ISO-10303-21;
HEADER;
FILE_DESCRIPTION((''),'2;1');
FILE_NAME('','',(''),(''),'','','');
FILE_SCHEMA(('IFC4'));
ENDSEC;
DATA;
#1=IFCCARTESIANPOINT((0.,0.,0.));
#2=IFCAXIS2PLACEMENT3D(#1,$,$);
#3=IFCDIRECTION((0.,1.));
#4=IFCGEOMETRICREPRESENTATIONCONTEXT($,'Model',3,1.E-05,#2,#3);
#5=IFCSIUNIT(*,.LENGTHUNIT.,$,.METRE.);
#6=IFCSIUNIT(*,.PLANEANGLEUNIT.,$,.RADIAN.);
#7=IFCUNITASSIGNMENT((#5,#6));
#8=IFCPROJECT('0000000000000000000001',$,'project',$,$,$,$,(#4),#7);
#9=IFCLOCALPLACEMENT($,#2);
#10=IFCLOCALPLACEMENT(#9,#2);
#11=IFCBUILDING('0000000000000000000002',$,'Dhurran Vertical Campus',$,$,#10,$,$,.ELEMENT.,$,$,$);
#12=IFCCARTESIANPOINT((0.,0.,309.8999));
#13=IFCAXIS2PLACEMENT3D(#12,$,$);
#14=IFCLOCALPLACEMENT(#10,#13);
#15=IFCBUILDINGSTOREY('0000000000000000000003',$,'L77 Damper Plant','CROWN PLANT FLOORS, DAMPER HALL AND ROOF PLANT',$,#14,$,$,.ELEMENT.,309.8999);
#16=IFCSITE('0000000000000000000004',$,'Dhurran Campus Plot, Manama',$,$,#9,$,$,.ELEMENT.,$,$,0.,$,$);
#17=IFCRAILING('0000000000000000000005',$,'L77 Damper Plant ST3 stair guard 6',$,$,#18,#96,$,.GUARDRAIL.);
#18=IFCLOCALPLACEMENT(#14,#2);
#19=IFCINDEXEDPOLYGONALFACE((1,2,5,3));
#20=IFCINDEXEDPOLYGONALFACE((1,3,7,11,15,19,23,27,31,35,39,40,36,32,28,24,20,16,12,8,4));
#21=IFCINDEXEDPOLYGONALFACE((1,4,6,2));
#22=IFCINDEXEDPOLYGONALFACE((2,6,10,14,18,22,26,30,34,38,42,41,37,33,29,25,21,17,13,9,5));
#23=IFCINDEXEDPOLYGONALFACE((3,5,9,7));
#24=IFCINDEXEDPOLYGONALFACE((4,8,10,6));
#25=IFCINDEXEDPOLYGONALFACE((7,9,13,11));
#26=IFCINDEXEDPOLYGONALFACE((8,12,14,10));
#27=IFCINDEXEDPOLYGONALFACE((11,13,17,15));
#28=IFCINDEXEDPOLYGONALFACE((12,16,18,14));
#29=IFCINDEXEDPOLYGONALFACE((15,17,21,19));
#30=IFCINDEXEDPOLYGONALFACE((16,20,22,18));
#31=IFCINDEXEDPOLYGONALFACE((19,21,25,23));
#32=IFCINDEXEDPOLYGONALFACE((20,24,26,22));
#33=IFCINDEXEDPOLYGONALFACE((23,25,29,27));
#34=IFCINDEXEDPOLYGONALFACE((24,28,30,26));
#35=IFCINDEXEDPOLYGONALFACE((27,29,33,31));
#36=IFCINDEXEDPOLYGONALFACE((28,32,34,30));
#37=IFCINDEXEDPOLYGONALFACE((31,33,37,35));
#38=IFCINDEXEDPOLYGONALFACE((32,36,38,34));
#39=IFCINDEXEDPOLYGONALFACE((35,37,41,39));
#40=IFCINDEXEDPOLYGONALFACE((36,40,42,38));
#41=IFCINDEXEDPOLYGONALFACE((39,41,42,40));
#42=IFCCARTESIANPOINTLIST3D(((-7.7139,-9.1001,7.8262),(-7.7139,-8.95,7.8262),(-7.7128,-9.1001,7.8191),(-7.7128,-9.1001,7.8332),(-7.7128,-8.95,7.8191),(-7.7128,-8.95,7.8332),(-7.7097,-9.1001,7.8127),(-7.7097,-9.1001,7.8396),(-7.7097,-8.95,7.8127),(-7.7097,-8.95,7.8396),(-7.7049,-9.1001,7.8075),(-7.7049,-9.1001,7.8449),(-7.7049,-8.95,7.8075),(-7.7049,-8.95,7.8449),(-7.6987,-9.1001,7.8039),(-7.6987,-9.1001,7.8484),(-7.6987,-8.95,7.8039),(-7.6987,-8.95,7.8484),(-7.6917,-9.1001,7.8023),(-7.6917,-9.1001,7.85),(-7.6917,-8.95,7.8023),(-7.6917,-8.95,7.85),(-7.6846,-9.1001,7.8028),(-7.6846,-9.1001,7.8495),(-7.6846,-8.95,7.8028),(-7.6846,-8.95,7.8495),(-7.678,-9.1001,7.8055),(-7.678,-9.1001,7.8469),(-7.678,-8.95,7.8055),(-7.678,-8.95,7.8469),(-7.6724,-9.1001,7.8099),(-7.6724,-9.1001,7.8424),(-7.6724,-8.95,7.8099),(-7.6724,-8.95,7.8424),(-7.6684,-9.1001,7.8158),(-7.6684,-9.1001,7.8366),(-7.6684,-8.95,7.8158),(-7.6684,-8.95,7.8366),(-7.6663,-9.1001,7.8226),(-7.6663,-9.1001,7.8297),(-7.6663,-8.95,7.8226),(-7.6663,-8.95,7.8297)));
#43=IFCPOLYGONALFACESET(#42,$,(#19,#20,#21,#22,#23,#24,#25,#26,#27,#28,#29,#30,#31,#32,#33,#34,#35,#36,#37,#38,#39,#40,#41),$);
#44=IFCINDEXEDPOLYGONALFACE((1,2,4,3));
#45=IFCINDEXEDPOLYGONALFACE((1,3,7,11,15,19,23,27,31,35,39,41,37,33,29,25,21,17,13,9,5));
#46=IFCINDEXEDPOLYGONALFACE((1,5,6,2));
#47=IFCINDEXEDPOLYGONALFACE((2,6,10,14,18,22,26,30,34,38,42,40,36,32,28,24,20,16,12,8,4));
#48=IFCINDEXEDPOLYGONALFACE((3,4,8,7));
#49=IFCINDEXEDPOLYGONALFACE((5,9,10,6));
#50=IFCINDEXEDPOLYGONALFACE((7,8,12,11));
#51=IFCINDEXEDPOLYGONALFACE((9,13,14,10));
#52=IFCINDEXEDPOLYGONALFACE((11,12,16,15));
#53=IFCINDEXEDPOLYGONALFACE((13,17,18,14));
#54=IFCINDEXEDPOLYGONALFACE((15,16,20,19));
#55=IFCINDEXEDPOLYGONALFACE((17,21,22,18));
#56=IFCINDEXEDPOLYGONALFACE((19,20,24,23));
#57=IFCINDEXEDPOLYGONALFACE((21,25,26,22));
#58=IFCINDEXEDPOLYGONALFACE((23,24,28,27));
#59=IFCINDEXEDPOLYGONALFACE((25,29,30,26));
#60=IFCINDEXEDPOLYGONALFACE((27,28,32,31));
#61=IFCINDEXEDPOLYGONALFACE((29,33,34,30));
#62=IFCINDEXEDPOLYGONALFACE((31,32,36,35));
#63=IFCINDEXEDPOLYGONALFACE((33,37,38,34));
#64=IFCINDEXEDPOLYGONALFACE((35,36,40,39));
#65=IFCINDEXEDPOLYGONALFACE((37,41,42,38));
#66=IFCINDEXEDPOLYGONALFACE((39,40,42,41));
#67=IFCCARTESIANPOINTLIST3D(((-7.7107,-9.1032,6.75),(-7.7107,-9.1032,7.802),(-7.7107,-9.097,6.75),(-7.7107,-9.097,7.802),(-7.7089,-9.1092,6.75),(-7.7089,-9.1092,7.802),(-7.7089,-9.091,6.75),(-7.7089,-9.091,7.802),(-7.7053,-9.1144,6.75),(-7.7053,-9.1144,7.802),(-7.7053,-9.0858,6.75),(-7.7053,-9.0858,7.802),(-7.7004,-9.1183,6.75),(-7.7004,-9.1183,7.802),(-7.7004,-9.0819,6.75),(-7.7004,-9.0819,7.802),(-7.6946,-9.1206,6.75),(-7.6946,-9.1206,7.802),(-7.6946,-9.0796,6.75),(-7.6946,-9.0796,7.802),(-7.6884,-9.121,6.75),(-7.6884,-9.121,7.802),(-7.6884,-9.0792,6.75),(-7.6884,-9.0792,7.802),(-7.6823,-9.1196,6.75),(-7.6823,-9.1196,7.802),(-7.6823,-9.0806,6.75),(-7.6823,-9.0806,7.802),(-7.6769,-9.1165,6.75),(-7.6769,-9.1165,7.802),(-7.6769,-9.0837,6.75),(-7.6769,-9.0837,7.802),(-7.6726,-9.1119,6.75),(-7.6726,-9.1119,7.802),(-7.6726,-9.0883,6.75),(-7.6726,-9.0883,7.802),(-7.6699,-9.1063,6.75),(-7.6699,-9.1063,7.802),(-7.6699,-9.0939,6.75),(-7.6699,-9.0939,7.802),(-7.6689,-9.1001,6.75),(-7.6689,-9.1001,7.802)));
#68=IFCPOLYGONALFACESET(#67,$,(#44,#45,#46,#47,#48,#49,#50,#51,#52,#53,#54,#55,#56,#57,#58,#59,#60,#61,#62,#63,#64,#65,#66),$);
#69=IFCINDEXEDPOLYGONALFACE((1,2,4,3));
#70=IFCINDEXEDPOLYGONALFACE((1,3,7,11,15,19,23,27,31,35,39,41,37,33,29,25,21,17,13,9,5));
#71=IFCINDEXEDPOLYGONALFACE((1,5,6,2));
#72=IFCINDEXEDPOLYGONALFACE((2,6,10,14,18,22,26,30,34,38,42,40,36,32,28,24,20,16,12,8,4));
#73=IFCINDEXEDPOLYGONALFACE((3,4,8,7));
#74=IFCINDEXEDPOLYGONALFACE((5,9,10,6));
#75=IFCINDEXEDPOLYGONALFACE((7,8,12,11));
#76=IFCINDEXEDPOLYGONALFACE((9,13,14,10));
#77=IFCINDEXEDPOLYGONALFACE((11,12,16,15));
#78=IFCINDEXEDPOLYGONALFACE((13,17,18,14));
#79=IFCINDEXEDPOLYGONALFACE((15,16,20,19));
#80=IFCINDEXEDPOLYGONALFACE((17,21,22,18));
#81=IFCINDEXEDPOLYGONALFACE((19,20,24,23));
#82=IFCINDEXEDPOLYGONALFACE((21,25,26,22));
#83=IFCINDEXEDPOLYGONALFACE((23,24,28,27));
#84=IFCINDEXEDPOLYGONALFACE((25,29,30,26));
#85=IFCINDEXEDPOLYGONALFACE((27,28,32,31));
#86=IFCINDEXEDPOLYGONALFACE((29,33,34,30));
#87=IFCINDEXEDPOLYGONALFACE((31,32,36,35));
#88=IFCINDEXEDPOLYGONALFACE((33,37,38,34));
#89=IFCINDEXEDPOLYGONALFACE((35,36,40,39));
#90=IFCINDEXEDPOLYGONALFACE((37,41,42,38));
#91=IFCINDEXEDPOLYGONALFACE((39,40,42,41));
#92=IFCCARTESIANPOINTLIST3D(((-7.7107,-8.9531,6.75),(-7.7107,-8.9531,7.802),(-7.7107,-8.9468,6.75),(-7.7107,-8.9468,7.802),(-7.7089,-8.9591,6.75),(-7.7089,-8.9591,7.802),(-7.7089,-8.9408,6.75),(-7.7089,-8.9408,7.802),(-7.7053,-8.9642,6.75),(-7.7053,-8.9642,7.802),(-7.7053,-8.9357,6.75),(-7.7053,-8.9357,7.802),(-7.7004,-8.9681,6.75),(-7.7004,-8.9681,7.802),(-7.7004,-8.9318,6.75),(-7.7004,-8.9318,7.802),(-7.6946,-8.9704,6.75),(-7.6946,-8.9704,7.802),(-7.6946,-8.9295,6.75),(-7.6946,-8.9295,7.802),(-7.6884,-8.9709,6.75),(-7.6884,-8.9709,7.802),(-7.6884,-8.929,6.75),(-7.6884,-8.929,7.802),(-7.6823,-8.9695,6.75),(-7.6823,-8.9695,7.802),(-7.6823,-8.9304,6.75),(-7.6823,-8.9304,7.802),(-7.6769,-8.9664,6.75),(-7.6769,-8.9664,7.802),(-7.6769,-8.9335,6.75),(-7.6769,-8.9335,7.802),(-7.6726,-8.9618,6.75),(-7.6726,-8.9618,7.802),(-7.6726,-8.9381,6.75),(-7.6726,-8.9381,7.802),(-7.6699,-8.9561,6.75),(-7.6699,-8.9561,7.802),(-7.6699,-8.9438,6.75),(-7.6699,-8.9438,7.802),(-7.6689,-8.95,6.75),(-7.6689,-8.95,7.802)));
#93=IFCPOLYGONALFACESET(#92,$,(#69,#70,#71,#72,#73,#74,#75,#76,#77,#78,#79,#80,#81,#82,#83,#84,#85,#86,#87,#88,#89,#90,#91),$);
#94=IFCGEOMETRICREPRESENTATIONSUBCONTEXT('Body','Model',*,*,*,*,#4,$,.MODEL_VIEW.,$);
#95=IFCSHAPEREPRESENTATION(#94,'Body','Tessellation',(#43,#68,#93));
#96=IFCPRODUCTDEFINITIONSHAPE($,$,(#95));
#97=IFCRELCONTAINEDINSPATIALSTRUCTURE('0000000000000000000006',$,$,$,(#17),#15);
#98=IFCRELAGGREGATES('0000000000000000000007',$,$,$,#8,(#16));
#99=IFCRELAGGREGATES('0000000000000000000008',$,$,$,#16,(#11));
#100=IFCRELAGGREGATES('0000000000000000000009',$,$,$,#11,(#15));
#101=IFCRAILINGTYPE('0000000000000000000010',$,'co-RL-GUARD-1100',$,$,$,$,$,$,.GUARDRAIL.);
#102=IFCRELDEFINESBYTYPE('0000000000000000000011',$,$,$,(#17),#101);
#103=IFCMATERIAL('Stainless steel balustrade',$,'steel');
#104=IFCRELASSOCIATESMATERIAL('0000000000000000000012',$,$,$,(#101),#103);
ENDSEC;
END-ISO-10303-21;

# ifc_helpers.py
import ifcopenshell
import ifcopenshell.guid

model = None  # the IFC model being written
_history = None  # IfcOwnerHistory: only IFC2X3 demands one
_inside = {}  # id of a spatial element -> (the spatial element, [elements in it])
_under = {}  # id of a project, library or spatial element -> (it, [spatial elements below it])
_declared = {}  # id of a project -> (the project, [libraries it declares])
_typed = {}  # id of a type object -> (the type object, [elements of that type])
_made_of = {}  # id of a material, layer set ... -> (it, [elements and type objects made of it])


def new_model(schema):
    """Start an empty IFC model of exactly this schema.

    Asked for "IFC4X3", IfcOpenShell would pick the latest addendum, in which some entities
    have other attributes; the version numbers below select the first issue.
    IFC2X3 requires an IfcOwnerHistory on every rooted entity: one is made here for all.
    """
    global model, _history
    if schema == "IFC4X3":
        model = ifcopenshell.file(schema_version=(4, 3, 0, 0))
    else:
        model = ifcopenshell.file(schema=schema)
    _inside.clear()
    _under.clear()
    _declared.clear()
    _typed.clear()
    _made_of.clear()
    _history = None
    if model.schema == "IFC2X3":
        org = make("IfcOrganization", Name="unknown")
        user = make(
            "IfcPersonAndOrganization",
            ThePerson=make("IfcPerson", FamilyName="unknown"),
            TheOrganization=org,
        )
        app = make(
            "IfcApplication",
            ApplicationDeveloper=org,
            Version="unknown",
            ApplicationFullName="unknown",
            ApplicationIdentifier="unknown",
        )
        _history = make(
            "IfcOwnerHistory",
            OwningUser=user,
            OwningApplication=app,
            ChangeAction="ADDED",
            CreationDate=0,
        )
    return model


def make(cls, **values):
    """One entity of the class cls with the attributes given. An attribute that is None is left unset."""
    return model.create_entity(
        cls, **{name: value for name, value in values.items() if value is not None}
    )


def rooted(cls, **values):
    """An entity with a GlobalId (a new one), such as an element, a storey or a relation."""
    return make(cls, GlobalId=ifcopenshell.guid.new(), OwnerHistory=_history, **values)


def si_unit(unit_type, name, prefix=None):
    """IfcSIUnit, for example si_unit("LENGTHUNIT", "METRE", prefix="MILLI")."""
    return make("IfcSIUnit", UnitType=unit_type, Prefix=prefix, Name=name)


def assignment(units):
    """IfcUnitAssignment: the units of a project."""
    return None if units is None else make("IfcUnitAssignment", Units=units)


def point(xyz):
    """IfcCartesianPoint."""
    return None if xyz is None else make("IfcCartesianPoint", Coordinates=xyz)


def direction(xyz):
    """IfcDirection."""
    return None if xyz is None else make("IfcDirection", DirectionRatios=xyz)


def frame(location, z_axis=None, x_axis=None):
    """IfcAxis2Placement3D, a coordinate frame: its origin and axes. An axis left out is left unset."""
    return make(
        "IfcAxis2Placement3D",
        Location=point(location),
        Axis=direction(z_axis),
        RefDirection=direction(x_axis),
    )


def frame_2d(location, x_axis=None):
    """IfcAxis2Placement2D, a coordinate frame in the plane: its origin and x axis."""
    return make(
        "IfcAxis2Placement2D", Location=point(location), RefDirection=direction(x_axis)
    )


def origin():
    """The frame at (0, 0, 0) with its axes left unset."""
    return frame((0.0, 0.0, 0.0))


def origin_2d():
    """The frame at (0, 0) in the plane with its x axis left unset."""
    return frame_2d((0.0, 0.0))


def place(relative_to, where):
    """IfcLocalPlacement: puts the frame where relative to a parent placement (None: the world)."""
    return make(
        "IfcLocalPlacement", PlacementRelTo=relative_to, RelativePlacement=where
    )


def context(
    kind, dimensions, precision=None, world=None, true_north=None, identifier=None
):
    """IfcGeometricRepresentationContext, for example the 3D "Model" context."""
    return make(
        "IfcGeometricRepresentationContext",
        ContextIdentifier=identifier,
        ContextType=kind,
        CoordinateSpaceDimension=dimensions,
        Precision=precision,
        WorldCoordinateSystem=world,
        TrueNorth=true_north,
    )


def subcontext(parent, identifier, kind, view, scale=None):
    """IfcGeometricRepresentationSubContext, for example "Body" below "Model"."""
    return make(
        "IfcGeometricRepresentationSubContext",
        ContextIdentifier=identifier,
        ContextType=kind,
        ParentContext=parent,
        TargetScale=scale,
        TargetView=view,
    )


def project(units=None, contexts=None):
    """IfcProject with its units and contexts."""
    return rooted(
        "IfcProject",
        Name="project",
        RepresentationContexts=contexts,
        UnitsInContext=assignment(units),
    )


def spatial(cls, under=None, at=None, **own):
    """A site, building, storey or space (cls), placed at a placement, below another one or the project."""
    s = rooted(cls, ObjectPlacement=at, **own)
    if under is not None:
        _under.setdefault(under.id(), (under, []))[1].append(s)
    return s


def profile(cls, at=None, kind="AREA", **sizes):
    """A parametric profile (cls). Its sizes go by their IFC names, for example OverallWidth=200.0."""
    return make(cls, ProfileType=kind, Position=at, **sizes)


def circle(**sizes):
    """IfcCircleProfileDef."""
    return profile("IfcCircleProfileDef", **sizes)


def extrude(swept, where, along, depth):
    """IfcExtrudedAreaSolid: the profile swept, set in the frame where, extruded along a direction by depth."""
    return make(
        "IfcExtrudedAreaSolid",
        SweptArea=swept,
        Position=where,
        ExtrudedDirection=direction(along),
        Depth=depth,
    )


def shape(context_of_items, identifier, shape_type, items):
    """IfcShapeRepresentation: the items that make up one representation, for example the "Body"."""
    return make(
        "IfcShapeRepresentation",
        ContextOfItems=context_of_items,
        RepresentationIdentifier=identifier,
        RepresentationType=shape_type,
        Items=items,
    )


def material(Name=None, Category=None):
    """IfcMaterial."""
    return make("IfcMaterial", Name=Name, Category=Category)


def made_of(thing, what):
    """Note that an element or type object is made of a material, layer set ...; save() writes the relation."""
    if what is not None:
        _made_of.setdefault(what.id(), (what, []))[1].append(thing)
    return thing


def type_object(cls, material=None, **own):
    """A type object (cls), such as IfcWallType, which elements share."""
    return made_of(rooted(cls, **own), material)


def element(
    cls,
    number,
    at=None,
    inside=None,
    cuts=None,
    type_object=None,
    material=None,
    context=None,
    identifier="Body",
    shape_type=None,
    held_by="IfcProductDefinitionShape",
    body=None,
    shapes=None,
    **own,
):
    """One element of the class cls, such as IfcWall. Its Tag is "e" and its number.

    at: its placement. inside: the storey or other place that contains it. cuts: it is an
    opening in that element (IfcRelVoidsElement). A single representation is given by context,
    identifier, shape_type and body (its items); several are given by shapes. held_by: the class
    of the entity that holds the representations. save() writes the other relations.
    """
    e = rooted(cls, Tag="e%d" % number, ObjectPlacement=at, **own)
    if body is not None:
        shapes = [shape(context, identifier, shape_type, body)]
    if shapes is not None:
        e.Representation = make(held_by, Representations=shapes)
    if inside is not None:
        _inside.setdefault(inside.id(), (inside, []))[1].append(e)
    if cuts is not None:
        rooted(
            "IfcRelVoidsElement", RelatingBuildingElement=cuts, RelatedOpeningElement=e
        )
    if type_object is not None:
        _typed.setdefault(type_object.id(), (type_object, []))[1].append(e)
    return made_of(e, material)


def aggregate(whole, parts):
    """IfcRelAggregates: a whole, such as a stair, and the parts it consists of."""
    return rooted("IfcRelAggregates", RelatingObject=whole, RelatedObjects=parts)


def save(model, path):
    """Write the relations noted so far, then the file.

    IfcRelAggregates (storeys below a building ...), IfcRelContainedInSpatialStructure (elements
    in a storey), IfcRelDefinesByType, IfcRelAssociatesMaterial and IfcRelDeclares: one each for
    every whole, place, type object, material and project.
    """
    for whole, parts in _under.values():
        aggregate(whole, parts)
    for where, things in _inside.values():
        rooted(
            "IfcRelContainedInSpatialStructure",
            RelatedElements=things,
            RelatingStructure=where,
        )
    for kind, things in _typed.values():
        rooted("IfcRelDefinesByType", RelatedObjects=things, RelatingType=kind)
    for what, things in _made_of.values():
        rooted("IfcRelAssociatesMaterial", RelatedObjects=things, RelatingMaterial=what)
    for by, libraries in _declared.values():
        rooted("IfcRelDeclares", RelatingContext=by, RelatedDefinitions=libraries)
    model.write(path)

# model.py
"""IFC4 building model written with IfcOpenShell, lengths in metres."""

from ifc_helpers import new_model, si_unit, direction, frame, origin, origin_2d, place, context, subcontext, project, spatial, circle, extrude, material, type_object, element, save


model = new_model("IFC4")

# Units and contexts
model_context = context("Model", 3, precision=1e-05, world=origin(), true_north=direction((0.0, 1.0)))
body_context = subcontext(model_context, "Body", "Model", "MODEL_VIEW")
ifc_project = project(units=[si_unit("LENGTHUNIT", "METRE"), si_unit("PLANEANGLEUNIT", "RADIAN")], contexts=[model_context])

# Site, building, storey
site_placement = place(None, origin())
site = spatial("IfcSite", under=ifc_project, at=site_placement, Name="Dhurran Campus Plot, Manama", CompositionType="ELEMENT", RefElevation=0.0)
building_placement = place(site_placement, origin())
building = spatial("IfcBuilding", under=site, at=building_placement, Name="Dhurran Vertical Campus", CompositionType="ELEMENT")
storey_placement = place(building_placement, frame((0.0, 0.0, 309.8999)))
storey = spatial("IfcBuildingStorey", under=building, at=storey_placement, Name="L77 Damper Plant", Description="CROWN PLANT FLOORS, DAMPER HALL AND ROOF PLANT", CompositionType="ELEMENT", Elevation=309.8999)

# Railing
ifc_material_1 = material(Name="Stainless steel balustrade", Category="steel")
railing_type_1 = type_object("IfcRailingType", Name="co-RL-GUARD-1100", PredefinedType="GUARDRAIL", material=ifc_material_1)
railing_1_placement = place(storey_placement, frame((-7.6899, -9.1001, 6.75)))
element("IfcRailing", 1, at=railing_1_placement, inside=storey, type_object=railing_type_1, Name="L77 Damper Plant ST3 stair guard 6", PredefinedType="GUARDRAIL", context=body_context, shape_type="SweptSolid", body=[
    extrude(circle(Radius=0.0239, at=origin_2d()), frame((0.0, 0.0, 1.0762), z_axis=(0.0, 1.0, 0.0), x_axis=(-1.0, 0.0, 0.0)), (0.0, 0.0, 1.0), 0.1501),
    extrude(circle(Radius=0.021, at=origin_2d()), origin(), (0.0, 0.0, 1.0), 1.052),
    extrude(circle(Radius=0.021, at=origin_2d()), frame((0.0, 0.1501, 0.0)), (0.0, 0.0, 1.0), 1.052),
])

save(model, "model.ifc")
